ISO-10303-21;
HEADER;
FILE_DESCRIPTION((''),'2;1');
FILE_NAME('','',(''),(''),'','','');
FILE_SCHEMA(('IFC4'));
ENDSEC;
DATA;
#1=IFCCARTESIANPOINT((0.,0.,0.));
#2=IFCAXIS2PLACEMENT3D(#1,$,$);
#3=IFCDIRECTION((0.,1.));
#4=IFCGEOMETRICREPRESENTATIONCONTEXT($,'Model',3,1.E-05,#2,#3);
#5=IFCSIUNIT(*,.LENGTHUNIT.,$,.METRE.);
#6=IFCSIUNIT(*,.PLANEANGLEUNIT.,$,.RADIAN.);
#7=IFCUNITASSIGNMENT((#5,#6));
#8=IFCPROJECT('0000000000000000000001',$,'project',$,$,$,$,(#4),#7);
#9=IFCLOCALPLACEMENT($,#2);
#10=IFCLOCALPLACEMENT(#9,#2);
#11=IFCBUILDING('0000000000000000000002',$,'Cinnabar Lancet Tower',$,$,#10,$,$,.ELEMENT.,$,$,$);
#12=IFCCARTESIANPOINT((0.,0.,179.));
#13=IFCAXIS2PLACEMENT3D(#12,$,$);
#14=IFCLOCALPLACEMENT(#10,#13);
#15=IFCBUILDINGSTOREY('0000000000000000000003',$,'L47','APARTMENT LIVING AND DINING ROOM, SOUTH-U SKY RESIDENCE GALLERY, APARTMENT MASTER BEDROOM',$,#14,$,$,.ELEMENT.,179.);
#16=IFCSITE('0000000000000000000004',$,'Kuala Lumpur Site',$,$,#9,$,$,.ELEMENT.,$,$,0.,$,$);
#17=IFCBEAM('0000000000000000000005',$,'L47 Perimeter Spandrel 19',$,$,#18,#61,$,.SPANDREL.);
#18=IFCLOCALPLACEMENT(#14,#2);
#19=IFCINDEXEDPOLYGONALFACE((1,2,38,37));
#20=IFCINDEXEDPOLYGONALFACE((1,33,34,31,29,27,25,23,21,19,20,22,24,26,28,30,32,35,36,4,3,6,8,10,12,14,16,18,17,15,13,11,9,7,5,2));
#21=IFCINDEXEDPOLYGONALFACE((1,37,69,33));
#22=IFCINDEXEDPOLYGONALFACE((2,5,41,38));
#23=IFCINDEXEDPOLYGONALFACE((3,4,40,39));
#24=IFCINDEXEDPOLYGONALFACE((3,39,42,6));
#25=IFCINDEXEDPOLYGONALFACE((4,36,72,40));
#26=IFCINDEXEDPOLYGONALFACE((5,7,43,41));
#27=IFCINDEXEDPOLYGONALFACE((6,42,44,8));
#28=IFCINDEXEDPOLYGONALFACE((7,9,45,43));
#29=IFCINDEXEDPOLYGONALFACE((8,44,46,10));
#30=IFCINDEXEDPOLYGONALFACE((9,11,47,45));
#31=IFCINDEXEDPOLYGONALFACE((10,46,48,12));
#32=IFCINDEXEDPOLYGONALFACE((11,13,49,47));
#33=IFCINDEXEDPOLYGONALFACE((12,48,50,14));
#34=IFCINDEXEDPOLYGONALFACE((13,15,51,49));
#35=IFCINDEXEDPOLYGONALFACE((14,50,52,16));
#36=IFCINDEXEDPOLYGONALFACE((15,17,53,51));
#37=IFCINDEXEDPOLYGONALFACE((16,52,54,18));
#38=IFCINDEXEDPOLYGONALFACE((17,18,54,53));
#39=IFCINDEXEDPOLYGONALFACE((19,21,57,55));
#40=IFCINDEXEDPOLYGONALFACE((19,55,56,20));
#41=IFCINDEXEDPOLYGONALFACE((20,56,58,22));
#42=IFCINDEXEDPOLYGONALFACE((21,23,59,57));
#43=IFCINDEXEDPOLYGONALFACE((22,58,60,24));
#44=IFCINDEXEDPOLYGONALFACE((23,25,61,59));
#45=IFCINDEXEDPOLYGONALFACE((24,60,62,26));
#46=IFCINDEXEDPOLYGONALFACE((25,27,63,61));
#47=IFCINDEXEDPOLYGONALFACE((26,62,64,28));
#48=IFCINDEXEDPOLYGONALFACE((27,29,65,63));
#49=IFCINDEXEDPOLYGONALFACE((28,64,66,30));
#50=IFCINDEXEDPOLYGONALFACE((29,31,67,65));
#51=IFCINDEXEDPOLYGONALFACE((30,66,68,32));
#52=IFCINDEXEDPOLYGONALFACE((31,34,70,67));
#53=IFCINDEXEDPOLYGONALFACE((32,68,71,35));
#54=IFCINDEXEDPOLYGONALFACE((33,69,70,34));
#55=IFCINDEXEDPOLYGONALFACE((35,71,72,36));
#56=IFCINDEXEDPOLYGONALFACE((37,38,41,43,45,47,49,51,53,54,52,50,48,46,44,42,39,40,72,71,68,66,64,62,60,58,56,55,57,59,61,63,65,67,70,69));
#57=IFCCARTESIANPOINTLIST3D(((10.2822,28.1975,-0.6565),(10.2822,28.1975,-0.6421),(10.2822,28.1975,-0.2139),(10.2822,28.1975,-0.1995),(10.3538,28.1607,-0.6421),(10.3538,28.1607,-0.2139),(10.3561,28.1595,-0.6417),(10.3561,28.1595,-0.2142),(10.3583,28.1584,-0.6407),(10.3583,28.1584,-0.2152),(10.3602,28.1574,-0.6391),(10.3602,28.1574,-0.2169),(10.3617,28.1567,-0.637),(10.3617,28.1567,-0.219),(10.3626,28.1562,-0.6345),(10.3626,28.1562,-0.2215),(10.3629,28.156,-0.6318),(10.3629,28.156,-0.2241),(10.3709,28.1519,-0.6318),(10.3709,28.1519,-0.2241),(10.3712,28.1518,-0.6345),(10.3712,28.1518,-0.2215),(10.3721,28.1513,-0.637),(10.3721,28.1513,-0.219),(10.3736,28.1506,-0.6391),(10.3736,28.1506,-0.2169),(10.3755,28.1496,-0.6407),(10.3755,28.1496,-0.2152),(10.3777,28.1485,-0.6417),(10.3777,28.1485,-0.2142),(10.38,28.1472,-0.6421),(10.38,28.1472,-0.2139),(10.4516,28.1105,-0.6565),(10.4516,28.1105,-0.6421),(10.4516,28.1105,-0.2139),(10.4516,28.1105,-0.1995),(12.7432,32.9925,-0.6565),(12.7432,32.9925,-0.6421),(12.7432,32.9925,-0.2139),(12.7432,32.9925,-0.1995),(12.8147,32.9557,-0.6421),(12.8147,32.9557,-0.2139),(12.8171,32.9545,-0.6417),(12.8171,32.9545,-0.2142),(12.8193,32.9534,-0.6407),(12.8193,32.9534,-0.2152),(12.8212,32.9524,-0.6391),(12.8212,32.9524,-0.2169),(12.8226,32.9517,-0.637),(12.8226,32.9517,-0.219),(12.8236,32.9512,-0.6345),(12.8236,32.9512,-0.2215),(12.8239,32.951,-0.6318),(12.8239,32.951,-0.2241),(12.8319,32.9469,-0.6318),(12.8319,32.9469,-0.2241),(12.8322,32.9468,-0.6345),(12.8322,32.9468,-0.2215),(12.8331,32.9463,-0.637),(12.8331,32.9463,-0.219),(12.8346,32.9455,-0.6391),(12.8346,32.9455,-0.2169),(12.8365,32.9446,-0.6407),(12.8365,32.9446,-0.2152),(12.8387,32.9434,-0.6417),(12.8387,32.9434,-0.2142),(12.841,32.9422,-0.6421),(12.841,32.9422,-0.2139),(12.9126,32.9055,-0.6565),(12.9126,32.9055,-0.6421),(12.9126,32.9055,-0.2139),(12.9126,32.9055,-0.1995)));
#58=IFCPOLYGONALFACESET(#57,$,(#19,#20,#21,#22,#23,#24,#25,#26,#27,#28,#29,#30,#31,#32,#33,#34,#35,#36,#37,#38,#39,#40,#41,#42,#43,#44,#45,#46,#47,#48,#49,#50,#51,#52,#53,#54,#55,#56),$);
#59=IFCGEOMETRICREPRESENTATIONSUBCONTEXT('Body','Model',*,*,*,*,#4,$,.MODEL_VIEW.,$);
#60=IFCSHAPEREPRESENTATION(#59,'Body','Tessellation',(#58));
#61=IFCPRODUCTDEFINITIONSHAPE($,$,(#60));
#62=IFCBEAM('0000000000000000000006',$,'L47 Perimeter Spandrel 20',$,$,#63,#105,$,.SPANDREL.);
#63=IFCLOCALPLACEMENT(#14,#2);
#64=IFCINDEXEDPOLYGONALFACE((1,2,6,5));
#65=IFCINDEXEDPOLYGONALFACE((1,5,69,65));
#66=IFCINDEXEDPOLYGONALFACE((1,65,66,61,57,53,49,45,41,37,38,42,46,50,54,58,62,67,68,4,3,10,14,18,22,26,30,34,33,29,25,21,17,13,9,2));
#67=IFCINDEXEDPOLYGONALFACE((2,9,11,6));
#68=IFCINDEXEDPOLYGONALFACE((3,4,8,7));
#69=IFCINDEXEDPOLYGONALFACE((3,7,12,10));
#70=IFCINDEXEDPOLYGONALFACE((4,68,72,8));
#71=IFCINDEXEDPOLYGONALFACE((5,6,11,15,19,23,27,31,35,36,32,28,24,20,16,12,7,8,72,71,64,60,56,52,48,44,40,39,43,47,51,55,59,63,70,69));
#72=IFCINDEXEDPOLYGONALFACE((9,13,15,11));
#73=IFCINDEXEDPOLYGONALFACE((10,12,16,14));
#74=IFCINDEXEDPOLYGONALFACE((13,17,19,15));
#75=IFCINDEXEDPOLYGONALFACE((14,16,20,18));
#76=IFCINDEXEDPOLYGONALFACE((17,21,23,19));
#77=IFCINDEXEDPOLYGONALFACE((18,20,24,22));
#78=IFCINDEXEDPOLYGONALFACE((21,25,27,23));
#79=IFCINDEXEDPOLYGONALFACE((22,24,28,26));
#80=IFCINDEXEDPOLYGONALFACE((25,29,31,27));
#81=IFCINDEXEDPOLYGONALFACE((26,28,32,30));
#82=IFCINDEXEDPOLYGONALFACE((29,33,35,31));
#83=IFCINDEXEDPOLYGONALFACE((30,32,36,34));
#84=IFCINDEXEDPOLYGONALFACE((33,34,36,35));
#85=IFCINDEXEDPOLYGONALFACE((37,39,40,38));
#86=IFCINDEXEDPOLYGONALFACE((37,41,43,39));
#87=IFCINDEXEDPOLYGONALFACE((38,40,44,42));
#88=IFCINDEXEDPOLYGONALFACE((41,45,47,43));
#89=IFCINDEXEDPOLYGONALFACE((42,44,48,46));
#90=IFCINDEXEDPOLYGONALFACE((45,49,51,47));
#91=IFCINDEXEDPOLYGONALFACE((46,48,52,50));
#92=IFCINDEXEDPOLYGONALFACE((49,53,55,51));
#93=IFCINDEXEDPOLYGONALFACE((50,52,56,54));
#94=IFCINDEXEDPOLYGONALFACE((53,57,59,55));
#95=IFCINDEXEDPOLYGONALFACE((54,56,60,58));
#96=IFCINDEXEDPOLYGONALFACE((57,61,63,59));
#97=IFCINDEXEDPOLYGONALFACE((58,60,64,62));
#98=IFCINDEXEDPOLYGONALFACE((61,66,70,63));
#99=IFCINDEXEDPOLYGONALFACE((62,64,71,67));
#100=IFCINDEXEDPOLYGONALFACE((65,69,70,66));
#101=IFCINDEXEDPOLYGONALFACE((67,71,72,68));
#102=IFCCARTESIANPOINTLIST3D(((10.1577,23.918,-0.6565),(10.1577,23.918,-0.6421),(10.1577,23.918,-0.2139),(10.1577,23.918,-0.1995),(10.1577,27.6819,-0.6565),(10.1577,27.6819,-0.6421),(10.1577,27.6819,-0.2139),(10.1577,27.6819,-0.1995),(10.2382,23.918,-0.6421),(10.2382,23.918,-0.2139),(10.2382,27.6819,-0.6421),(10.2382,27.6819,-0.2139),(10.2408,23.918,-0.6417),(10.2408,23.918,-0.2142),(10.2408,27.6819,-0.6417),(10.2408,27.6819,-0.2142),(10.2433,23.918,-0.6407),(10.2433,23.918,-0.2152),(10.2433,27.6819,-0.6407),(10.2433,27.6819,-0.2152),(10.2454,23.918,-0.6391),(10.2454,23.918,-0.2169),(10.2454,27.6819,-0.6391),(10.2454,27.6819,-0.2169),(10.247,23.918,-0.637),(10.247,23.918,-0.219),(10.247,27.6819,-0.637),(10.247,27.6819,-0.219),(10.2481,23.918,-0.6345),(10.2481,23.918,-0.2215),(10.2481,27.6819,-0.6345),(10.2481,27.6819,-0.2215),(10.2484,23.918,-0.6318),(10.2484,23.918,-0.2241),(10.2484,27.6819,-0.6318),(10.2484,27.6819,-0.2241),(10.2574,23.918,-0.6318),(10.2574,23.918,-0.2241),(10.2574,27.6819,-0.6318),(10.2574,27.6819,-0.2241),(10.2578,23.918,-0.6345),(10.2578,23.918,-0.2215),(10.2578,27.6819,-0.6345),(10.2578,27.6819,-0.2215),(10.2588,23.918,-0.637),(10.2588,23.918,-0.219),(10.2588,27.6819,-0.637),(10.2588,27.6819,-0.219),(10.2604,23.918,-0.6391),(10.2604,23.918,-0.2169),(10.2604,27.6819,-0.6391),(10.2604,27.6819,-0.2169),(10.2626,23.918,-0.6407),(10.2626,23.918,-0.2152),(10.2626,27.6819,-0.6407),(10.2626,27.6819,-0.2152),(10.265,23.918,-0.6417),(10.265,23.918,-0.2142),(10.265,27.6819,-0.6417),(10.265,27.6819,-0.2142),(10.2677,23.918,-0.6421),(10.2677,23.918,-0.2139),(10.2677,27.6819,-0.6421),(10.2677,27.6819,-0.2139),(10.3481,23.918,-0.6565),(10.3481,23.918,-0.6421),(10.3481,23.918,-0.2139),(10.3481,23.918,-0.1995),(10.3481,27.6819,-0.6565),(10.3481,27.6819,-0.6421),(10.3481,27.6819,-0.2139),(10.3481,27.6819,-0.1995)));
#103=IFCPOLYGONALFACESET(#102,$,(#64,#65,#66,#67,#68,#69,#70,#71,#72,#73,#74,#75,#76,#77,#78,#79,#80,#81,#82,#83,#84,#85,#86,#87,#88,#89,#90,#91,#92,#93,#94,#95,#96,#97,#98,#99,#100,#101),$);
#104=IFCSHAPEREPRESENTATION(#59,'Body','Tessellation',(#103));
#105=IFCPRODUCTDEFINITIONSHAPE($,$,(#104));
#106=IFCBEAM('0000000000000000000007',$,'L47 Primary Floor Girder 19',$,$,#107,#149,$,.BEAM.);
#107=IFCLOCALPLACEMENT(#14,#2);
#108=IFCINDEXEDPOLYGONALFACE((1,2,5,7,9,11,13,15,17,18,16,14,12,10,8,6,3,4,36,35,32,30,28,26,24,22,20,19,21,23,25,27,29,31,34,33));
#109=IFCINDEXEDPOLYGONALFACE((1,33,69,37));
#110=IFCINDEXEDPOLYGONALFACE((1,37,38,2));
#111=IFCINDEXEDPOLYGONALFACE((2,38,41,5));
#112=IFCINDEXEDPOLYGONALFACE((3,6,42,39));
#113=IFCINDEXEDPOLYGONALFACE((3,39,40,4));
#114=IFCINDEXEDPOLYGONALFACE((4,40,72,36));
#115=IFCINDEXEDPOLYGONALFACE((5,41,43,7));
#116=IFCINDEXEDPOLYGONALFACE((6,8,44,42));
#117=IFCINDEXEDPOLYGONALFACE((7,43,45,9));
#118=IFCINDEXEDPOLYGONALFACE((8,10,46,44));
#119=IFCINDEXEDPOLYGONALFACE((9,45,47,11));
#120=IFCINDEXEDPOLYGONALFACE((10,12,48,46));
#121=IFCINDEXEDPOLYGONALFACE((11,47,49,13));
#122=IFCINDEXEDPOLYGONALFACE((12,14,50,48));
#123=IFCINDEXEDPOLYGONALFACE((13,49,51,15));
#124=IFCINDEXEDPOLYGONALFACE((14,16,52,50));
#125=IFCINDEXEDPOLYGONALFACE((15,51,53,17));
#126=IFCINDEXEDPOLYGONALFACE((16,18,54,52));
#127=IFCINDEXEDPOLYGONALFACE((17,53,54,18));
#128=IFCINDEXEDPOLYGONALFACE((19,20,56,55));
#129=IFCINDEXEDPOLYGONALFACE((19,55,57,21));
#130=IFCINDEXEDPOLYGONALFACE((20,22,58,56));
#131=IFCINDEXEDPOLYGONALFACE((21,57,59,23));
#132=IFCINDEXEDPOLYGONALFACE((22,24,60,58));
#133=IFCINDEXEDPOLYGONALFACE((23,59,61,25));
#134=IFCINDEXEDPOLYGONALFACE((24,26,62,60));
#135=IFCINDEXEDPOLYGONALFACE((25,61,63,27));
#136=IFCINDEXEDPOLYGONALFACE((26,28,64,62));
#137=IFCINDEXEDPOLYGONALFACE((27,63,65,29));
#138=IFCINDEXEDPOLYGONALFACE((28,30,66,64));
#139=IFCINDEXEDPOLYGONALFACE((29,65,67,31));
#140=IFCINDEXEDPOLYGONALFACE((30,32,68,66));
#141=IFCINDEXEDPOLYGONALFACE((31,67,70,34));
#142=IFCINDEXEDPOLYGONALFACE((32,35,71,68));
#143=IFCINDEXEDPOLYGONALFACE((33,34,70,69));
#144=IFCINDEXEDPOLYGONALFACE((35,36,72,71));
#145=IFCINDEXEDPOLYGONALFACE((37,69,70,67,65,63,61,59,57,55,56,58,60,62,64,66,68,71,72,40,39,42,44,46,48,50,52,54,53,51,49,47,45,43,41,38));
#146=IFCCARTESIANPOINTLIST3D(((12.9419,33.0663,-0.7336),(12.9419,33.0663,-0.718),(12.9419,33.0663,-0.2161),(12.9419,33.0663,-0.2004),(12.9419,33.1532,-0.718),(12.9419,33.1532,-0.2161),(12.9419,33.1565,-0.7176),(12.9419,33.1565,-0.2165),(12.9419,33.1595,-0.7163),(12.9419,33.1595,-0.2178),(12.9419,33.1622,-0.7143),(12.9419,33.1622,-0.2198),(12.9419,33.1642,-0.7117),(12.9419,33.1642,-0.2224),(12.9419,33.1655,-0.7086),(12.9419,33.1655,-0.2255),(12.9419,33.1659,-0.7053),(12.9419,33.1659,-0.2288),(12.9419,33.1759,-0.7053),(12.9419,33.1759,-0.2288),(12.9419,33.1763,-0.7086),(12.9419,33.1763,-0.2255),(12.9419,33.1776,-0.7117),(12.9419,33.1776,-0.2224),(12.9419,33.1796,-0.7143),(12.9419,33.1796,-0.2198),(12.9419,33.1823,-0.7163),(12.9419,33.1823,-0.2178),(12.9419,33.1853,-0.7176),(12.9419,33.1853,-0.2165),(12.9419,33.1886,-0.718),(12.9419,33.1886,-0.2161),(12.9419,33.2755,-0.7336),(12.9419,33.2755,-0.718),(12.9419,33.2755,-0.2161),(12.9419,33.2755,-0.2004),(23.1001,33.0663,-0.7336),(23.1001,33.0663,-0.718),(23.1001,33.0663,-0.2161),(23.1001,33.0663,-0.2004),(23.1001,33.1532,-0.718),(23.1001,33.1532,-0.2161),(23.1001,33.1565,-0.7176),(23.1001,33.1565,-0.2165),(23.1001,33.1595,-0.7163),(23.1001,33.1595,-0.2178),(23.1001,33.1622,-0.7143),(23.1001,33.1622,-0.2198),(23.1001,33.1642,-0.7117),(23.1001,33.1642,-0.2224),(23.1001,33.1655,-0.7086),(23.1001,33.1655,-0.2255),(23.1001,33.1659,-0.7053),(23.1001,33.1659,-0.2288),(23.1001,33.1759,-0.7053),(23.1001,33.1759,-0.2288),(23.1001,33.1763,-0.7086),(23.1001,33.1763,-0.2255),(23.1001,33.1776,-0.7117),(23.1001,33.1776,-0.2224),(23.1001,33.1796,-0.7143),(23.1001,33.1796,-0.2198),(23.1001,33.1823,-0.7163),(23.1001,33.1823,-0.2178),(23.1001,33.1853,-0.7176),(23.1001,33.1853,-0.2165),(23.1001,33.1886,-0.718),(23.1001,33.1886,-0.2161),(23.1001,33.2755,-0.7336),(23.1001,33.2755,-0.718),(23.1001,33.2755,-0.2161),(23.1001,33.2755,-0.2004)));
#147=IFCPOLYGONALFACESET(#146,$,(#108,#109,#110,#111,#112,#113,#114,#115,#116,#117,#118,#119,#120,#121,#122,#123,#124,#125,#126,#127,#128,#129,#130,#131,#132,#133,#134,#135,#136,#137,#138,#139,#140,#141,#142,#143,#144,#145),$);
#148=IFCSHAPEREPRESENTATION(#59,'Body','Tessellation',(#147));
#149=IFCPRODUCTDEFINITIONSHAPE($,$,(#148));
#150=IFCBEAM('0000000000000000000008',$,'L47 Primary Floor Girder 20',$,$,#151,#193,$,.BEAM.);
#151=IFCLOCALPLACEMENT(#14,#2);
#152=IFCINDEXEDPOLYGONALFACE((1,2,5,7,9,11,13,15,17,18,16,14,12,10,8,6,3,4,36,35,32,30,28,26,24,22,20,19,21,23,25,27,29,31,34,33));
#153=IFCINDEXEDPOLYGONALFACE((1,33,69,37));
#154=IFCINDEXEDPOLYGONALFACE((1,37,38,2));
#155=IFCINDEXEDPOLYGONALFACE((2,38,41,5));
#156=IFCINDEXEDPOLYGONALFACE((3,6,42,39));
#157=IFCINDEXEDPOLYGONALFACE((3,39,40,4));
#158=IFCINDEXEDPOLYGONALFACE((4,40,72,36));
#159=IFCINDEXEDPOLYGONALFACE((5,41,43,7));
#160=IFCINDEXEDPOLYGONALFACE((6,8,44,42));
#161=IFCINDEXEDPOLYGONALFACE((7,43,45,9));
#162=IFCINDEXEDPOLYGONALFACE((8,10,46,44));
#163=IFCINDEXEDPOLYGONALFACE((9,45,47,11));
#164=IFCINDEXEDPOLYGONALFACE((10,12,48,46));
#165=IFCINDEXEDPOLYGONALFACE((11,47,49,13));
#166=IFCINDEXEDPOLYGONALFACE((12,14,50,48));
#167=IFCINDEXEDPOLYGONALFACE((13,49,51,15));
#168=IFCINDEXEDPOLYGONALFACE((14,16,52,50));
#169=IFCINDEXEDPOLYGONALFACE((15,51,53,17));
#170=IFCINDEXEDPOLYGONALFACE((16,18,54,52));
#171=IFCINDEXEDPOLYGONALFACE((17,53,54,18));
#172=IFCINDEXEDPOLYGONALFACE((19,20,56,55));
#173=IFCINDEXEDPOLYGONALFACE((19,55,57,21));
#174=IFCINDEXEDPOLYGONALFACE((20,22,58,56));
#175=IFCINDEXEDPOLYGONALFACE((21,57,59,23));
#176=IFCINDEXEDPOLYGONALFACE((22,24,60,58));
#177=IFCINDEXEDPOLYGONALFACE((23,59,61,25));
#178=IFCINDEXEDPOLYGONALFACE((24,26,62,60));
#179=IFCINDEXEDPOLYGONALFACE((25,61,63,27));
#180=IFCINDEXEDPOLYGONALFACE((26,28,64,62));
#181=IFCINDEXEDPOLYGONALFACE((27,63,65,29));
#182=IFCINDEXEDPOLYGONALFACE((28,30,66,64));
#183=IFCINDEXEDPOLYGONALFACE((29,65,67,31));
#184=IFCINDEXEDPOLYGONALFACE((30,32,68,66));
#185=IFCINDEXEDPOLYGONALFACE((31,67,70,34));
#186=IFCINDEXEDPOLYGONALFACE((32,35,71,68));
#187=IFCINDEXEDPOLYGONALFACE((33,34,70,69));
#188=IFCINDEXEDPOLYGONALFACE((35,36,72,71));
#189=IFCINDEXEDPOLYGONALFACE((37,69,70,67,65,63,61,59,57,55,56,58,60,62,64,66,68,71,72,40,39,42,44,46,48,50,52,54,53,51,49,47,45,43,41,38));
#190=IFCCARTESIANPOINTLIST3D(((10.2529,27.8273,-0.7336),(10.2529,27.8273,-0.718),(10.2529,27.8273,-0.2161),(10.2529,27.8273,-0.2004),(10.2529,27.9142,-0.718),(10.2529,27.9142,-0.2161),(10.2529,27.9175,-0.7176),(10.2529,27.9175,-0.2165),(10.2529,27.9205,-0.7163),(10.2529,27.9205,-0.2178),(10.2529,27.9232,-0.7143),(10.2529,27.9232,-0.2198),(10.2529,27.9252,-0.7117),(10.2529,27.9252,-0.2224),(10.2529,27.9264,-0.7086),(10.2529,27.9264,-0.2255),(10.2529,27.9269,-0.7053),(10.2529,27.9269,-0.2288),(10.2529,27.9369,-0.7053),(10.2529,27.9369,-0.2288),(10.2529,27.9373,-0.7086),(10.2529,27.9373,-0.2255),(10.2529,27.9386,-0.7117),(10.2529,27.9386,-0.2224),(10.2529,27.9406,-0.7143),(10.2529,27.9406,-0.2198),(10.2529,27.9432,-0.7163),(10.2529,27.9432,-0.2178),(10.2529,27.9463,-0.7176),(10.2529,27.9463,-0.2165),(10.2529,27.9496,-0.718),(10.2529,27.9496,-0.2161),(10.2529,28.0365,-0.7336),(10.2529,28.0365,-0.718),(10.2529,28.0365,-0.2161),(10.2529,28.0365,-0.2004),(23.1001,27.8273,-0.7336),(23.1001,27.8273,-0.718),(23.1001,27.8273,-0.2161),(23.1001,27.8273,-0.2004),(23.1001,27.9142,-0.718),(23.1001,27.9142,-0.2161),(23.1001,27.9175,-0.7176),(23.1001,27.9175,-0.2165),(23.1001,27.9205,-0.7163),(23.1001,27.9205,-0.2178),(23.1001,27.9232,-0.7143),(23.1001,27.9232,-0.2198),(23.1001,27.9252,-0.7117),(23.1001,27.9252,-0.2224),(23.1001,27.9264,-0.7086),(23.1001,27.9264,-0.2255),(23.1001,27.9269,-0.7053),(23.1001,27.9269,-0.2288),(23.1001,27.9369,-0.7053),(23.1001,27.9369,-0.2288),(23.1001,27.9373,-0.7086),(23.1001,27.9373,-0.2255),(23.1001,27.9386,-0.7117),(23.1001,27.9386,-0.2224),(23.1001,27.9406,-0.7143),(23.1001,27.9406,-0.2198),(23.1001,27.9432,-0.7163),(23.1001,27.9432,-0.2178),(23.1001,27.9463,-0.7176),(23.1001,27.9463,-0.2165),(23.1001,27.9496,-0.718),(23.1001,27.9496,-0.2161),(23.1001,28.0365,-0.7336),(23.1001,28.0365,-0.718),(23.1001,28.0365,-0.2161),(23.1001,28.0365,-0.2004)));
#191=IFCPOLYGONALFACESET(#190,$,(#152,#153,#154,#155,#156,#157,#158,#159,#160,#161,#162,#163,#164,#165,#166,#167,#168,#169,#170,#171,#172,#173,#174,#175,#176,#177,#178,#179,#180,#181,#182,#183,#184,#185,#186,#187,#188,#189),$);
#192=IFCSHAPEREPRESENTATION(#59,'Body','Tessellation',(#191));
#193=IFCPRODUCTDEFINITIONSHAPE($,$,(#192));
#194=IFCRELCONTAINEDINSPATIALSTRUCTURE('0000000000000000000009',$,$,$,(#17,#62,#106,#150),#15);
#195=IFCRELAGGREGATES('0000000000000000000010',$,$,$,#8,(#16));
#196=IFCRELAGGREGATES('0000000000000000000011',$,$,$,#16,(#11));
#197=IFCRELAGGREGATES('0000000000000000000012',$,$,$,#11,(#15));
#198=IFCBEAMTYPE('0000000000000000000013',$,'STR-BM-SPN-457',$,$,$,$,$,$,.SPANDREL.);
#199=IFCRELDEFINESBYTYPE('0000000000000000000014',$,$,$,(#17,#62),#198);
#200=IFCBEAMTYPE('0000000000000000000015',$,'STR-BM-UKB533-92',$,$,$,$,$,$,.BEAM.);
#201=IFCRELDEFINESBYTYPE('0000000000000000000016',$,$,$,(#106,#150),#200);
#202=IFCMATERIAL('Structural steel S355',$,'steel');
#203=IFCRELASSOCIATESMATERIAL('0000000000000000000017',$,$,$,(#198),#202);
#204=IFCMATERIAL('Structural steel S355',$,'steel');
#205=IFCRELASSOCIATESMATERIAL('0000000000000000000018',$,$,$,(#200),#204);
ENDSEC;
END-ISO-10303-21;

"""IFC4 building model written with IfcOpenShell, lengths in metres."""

from ifc_helpers import new_model, si_unit, direction, frame, origin, origin_2d, place, context, subcontext, project, spatial, i_section, extrude, material, material_profile, profile_set, type_object, element, save


model = new_model("IFC4")

# Units and contexts
model_context = context("Model", 3, precision=1e-05, world=origin(), true_north=direction((0.0, 1.0)))
body_context = subcontext(model_context, "Body", "Model", "MODEL_VIEW")
ifc_project = project(units=[si_unit("LENGTHUNIT", "METRE"), si_unit("PLANEANGLEUNIT", "RADIAN")], contexts=[model_context])

# Site, building, storey
site_placement = place(None, origin())
site = spatial("IfcSite", under=ifc_project, at=site_placement, Name="Kuala Lumpur Site", CompositionType="ELEMENT", RefElevation=0.0)
building_placement = place(site_placement, origin())
building = spatial("IfcBuilding", under=site, at=building_placement, Name="Cinnabar Lancet Tower", CompositionType="ELEMENT")
storey_placement = place(building_placement, frame((0.0, 0.0, 179.0)))
storey = spatial("IfcBuildingStorey", under=building, at=storey_placement, Name="L47", Description="APARTMENT LIVING AND DINING ROOM, SOUTH-U SKY RESIDENCE GALLERY, APARTMENT MASTER BEDROOM", CompositionType="ELEMENT", Elevation=179.0)

# Beams
ifc_material_1 = material(Name="Structural steel S355", Category="steel")
ifc_material_profile_1 = material_profile(ifc_material_1, i_section(OverallWidth=0.1904, OverallDepth=0.457, WebThickness=0.009, FlangeThickness=0.0144, FilletRadius=0.0103, at=origin_2d()), Name="UKB 457x191x74")
ifc_profile_set_1 = profile_set([ifc_material_profile_1], Name="Structural steel S355")
beam_type_1 = type_object("IfcBeamType", Name="STR-BM-SPN-457", PredefinedType="SPANDREL", material=ifc_profile_set_1)
beam_1_placement = place(storey_placement, frame((12.8279, 32.949, -0.428), z_axis=(-0.456611, -0.889666, 0.0), x_axis=(0.889666, -0.456611, 0.0)))
element("IfcBeam", 1, at=beam_1_placement, inside=storey, type_object=beam_type_1, Name="L47 Perimeter Spandrel 19", PredefinedType="SPANDREL", context=body_context, shape_type="SweptSolid", body=[
    extrude(i_section(OverallWidth=0.1904, OverallDepth=0.457, WebThickness=0.009, FlangeThickness=0.0144, FilletRadius=0.0103, at=origin_2d()), origin(), (0.0, 0.0, 1.0), 5.3896),
])
beam_2_placement = place(storey_placement, frame((10.2529, 27.6819, -0.428), z_axis=(0.0, -1.0, 0.0), x_axis=(1.0, 0.0, 0.0)))
element("IfcBeam", 2, at=beam_2_placement, inside=storey, type_object=beam_type_1, Name="L47 Perimeter Spandrel 20", PredefinedType="SPANDREL", context=body_context, shape_type="SweptSolid", body=[
    extrude(i_section(OverallWidth=0.1904, OverallDepth=0.457, WebThickness=0.009, FlangeThickness=0.0144, FilletRadius=0.0103, at=origin_2d()), origin(), (0.0, 0.0, 1.0), 3.7639),
])
ifc_material_2 = material(Name="Structural steel S355", Category="steel")
ifc_material_profile_2 = material_profile(ifc_material_2, i_section(OverallWidth=0.2092, OverallDepth=0.5332, WebThickness=0.01, FlangeThickness=0.0156, FilletRadius=0.0127, at=origin_2d()), Name="UKB 533x210x92")
ifc_profile_set_2 = profile_set([ifc_material_profile_2], Name="Structural steel S355")
beam_type_2 = type_object("IfcBeamType", Name="STR-BM-UKB533-92", PredefinedType="BEAM", material=ifc_profile_set_2)
beam_3_placement = place(storey_placement, frame((12.9419, 33.1709, -0.467), z_axis=(1.0, 0.0, 0.0), x_axis=(0.0, 1.0, 0.0)))
element("IfcBeam", 3, at=beam_3_placement, inside=storey, type_object=beam_type_2, Name="L47 Primary Floor Girder 19", PredefinedType="BEAM", context=body_context, shape_type="SweptSolid", body=[
    extrude(i_section(OverallWidth=0.2092, OverallDepth=0.5332, WebThickness=0.01, FlangeThickness=0.0156, FilletRadius=0.0127, at=origin_2d()), origin(), (0.0, 0.0, 1.0), 10.1582),
])
beam_4_placement = place(storey_placement, frame((10.2529, 27.9319, -0.467), z_axis=(1.0, 0.0, 0.0), x_axis=(0.0, 1.0, 0.0)))
element("IfcBeam", 4, at=beam_4_placement, inside=storey, type_object=beam_type_2, Name="L47 Primary Floor Girder 20", PredefinedType="BEAM", context=body_context, shape_type="SweptSolid", body=[
    extrude(i_section(OverallWidth=0.2092, OverallDepth=0.5332, WebThickness=0.01, FlangeThickness=0.0156, FilletRadius=0.0127, at=origin_2d()), origin(), (0.0, 0.0, 1.0), 12.8472),
])

save(model, "model.ifc")
